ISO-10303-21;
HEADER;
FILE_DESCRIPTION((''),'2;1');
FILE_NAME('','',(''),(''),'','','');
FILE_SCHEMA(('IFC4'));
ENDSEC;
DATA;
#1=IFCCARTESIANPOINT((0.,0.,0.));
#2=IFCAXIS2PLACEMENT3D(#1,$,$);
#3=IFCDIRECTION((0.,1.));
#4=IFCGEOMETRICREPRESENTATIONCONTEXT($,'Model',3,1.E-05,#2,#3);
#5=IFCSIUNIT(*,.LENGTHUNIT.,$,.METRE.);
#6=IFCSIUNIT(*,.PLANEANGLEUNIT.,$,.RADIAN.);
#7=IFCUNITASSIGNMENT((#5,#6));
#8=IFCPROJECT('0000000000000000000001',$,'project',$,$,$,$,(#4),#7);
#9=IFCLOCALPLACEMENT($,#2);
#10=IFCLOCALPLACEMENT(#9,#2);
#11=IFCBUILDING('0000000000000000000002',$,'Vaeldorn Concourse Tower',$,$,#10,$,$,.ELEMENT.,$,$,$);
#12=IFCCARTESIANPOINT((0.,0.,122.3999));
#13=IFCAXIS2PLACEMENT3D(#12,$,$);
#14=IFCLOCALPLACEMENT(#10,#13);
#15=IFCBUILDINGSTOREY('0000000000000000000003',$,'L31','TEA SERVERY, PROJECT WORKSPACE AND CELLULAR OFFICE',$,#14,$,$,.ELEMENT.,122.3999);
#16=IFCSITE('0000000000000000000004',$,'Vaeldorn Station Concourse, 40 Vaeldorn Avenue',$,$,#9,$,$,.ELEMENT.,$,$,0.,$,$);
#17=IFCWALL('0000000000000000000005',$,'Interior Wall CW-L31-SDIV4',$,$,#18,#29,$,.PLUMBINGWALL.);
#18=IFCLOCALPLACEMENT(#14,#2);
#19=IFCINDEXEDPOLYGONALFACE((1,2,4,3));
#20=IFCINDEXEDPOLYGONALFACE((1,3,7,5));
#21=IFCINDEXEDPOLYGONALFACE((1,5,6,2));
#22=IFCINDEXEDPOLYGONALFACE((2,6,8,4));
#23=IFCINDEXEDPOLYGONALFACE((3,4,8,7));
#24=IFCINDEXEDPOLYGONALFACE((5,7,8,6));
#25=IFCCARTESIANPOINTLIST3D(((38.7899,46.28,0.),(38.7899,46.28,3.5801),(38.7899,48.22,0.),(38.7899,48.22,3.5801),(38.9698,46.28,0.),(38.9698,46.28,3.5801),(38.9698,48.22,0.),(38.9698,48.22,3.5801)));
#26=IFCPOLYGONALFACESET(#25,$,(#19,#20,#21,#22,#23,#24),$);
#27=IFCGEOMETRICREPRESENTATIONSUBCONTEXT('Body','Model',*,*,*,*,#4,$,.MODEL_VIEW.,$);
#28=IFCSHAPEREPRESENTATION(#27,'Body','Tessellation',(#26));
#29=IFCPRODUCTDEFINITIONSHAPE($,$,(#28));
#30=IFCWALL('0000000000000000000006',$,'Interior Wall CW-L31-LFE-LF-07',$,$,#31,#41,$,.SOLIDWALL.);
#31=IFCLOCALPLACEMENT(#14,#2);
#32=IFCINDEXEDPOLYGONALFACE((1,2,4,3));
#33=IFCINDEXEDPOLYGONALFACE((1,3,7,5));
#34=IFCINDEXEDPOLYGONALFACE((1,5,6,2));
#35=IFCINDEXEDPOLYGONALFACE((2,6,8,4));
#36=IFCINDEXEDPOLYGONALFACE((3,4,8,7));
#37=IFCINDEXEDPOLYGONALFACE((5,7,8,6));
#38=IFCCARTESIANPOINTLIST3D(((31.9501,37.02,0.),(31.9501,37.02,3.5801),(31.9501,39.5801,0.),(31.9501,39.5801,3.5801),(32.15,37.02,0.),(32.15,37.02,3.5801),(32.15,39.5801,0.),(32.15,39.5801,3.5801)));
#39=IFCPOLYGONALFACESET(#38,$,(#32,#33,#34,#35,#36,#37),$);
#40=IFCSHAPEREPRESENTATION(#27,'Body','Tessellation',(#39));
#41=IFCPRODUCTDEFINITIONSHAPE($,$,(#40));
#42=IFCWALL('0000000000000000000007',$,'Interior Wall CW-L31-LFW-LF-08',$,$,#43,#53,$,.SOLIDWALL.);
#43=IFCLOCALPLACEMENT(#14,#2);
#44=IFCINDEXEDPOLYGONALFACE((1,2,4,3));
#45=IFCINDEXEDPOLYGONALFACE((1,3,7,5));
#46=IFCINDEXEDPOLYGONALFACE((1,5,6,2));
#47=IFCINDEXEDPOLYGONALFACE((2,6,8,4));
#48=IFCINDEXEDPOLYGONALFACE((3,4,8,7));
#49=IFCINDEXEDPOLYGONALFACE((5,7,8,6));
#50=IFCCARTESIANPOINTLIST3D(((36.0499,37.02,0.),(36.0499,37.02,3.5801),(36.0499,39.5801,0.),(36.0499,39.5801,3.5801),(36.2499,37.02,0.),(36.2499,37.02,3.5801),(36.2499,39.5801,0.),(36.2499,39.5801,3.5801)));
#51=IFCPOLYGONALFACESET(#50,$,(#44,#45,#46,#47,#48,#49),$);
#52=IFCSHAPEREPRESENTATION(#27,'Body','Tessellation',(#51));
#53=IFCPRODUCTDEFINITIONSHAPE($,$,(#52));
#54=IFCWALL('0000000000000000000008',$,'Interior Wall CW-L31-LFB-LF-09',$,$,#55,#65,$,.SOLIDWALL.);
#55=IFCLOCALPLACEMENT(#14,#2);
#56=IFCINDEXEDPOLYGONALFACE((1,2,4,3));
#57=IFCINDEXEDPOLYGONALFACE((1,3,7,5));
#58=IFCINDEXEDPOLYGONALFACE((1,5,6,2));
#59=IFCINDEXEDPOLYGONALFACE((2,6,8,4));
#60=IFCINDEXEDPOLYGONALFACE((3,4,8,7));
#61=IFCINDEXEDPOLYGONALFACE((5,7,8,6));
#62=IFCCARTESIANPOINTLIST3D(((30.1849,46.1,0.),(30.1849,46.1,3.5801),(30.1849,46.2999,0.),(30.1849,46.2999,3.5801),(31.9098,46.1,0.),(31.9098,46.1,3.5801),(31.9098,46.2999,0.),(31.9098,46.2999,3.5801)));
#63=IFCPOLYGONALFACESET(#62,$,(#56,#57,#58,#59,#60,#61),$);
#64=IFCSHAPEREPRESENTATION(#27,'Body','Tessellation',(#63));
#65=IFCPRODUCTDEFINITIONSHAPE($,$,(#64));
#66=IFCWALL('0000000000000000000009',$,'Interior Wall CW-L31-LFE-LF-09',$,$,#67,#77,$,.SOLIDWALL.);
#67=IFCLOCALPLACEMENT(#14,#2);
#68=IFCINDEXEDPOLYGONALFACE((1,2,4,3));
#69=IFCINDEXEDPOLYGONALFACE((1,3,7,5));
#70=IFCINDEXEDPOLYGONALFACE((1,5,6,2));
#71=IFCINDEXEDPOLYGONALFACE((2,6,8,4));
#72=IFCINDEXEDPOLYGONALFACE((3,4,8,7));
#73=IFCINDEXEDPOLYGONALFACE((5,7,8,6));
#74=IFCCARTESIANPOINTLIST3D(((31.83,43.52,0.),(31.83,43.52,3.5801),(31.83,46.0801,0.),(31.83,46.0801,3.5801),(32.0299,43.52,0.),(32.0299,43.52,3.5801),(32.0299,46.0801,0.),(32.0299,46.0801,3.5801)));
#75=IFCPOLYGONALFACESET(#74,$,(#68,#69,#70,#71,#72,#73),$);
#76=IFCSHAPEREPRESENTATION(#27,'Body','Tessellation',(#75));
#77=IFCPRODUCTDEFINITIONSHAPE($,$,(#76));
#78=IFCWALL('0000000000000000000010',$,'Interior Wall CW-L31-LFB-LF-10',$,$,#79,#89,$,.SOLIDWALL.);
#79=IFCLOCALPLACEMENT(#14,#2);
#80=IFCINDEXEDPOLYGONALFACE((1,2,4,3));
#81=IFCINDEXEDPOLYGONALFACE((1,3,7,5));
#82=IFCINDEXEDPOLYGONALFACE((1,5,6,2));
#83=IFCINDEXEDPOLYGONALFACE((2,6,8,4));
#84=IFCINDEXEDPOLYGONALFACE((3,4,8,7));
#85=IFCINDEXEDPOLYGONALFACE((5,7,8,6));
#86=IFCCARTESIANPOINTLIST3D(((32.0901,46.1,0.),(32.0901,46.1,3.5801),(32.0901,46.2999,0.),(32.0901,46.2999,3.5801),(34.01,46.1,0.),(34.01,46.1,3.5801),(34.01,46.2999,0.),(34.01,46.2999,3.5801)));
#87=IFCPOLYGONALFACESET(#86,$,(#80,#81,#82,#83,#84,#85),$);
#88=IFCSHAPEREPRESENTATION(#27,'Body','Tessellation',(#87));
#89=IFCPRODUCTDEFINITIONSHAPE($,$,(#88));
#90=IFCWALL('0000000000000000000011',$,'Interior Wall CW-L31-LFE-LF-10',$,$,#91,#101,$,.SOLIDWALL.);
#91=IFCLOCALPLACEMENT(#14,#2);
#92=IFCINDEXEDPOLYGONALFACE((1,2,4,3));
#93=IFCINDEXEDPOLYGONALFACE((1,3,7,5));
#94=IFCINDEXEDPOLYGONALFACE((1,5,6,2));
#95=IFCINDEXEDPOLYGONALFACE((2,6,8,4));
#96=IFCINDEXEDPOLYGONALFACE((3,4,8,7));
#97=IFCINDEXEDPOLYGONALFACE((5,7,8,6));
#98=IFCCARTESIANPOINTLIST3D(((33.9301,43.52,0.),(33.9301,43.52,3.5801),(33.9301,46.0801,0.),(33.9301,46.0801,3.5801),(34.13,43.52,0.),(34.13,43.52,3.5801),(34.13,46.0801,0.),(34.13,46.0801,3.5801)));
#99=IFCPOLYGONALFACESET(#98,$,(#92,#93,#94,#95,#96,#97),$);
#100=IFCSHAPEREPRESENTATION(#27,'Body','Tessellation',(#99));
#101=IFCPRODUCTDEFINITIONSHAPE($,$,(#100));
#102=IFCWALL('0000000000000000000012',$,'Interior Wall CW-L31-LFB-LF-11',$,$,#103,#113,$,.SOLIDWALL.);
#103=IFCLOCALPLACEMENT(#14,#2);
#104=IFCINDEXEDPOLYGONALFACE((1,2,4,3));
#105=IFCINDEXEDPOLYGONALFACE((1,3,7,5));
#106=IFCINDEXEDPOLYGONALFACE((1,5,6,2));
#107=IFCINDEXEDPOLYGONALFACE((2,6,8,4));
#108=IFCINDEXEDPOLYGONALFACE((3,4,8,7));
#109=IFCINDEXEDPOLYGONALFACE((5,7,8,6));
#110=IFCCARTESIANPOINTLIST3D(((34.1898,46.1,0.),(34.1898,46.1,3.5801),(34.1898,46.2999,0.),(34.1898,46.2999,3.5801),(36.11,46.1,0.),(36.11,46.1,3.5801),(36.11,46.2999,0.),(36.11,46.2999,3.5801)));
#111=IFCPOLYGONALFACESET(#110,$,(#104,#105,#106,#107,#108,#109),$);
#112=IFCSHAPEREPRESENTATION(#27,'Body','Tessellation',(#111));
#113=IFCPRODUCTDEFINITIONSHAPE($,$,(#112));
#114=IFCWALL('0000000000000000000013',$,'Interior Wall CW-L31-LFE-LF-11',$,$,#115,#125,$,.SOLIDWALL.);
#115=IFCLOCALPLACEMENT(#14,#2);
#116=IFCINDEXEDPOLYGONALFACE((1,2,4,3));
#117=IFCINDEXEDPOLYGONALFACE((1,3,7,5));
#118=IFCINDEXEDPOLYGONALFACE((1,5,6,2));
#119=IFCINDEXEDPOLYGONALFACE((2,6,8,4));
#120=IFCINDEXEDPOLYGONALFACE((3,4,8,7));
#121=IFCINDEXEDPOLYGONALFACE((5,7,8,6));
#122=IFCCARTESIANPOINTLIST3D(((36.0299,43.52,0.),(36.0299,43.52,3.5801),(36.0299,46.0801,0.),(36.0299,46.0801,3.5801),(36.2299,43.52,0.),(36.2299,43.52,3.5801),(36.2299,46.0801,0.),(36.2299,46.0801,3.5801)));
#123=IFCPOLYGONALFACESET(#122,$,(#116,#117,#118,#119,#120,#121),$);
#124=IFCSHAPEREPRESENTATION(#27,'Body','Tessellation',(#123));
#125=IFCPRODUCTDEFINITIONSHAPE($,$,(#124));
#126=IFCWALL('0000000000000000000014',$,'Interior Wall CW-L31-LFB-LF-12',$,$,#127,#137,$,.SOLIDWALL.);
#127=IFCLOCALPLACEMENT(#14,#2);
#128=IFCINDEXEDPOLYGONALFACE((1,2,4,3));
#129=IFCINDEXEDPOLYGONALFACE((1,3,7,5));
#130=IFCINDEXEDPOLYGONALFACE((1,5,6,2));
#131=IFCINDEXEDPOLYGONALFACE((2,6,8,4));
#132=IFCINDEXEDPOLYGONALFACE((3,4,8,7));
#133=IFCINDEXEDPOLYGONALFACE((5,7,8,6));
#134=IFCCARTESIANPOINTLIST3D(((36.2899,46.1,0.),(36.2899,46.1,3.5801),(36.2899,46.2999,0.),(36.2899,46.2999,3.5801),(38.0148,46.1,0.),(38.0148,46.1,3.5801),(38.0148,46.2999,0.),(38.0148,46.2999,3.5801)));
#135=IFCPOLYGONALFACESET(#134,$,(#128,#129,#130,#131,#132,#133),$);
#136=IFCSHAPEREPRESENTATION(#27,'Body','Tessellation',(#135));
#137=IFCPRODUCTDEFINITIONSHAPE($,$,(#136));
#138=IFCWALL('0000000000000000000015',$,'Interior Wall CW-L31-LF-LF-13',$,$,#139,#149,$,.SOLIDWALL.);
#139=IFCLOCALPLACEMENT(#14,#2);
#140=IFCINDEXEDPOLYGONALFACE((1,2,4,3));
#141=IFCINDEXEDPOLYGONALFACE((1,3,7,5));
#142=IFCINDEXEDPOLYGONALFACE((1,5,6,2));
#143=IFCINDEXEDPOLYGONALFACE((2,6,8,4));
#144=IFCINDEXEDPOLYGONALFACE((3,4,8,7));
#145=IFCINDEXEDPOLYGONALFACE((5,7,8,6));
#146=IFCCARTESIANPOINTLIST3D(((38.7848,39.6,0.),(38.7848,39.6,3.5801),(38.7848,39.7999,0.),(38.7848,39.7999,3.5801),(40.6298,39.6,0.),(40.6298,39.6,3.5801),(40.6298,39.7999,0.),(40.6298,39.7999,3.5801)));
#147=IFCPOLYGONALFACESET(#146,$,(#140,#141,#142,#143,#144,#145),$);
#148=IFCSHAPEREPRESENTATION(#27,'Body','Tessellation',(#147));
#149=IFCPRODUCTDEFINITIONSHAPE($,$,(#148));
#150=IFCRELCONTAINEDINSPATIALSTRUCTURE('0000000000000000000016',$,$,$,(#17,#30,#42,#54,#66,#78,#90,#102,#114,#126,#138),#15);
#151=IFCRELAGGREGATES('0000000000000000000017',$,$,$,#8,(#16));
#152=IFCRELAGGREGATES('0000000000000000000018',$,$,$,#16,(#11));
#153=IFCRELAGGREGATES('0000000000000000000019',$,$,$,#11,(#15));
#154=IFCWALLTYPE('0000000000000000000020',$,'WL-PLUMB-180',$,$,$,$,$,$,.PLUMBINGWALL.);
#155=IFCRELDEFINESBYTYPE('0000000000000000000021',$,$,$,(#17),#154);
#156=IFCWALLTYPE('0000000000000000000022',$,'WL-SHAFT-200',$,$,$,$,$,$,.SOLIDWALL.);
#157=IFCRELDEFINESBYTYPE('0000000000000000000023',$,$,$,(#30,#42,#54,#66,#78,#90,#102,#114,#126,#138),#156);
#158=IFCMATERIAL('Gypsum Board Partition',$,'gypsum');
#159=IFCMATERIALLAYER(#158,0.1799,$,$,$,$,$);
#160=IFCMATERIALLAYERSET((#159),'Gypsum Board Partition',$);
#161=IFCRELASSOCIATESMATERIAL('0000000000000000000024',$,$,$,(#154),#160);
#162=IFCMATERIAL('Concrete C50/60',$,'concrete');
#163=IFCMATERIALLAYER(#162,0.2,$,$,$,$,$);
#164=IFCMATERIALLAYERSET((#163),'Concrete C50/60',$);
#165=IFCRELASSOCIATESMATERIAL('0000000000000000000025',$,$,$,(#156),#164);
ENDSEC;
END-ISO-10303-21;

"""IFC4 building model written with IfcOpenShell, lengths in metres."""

from ifc_helpers import new_model, si_unit, direction, frame, frame_2d, origin, place, context, subcontext, project, spatial, rectangle, extrude, material, layer, layer_set, type_object, element, save


model = new_model("IFC4")

# Units and contexts
model_context = context("Model", 3, precision=1e-05, world=origin(), true_north=direction((0.0, 1.0)))
body_context = subcontext(model_context, "Body", "Model", "MODEL_VIEW")
ifc_project = project(units=[si_unit("LENGTHUNIT", "METRE"), si_unit("PLANEANGLEUNIT", "RADIAN")], contexts=[model_context])

# Site, building, storey
site_placement = place(None, origin())
site = spatial("IfcSite", under=ifc_project, at=site_placement, Name="Vaeldorn Station Concourse, 40 Vaeldorn Avenue", CompositionType="ELEMENT", RefElevation=0.0)
building_placement = place(site_placement, origin())
building = spatial("IfcBuilding", under=site, at=building_placement, Name="Vaeldorn Concourse Tower", CompositionType="ELEMENT")
storey_placement = place(building_placement, frame((0.0, 0.0, 122.3999)))
storey = spatial("IfcBuildingStorey", under=building, at=storey_placement, Name="L31", Description="TEA SERVERY, PROJECT WORKSPACE AND CELLULAR OFFICE", CompositionType="ELEMENT", Elevation=122.3999)

# Shared definitions
ifc_material_1 = material(Name="Gypsum Board Partition", Category="gypsum")

# Wall
ifc_layer_1 = layer(ifc_material_1, 0.1799)
ifc_layer_set_1 = layer_set([ifc_layer_1], Name="Gypsum Board Partition")
wall_type_1 = type_object("IfcWallType", Name="WL-PLUMB-180", PredefinedType="PLUMBINGWALL", material=ifc_layer_set_1)
for number, where, z_axis, x_axis, name in (
    (1, (38.8799, 46.28, 0.0), (0.0, 0.0, 1.0), (0.0, 1.0, 0.0), "Interior Wall CW-L31-SDIV4"),
):
    element("IfcWall", number, at=place(storey_placement, frame(where, z_axis=z_axis, x_axis=x_axis)), inside=storey, type_object=wall_type_1, Name=name, PredefinedType="PLUMBINGWALL", context=body_context, shape_type="SweptSolid", body=[
        extrude(rectangle(XDim=1.9399, YDim=0.1799, at=frame_2d((0.97, 0.0))), origin(), (0.0, 0.0, 1.0), 3.5801),
    ])

# Shared definitions
ifc_material_2 = material(Name="Concrete C50/60", Category="concrete")
ifc_layer_2 = layer(ifc_material_2, 0.2)
ifc_layer_set_2 = layer_set([ifc_layer_2], Name="Concrete C50/60")
wall_type_2 = type_object("IfcWallType", Name="WL-SHAFT-200", PredefinedType="SOLIDWALL", material=ifc_layer_set_2)

# Wall
wall_1_placement = place(storey_placement, frame((32.05, 37.02, 0.0), z_axis=(0.0, 0.0, 1.0), x_axis=(0.0, 1.0, 0.0)))
element("IfcWall", 2, at=wall_1_placement, inside=storey, type_object=wall_type_2, Name="Interior Wall CW-L31-LFE-LF-07", PredefinedType="SOLIDWALL", context=body_context, shape_type="SweptSolid", body=[
    extrude(rectangle(XDim=2.5601, YDim=0.2, at=frame_2d((1.28, 0.0))), origin(), (0.0, 0.0, 1.0), 3.5801),
])

# Wall
wall_2_placement = place(storey_placement, frame((36.1499, 37.02, 0.0), z_axis=(0.0, 0.0, 1.0), x_axis=(0.0, 1.0, 0.0)))
element("IfcWall", 3, at=wall_2_placement, inside=storey, type_object=wall_type_2, Name="Interior Wall CW-L31-LFW-LF-08", PredefinedType="SOLIDWALL", context=body_context, shape_type="SweptSolid", body=[
    extrude(rectangle(XDim=2.5601, YDim=0.2, at=frame_2d((1.28, 0.0))), origin(), (0.0, 0.0, 1.0), 3.5801),
])

# Walls
wall_3_placement = place(storey_placement, frame((30.1851, 46.2, 0.0), z_axis=(0.0, 0.0, 1.0), x_axis=(1.0, 0.0, 0.0)))
element("IfcWall", 4, at=wall_3_placement, inside=storey, type_object=wall_type_2, Name="Interior Wall CW-L31-LFB-LF-09", PredefinedType="SOLIDWALL", context=body_context, shape_type="SweptSolid", body=[
    extrude(rectangle(XDim=1.7249, YDim=0.2, at=frame_2d((0.8623, 0.0))), origin(), (0.0, 0.0, 1.0), 3.5801),
])
wall_4_placement = place(storey_placement, frame((31.9299, 43.52, 0.0), z_axis=(0.0, 0.0, 1.0), x_axis=(0.0, 1.0, 0.0)))
element("IfcWall", 5, at=wall_4_placement, inside=storey, type_object=wall_type_2, Name="Interior Wall CW-L31-LFE-LF-09", PredefinedType="SOLIDWALL", context=body_context, shape_type="SweptSolid", body=[
    extrude(rectangle(XDim=2.5601, YDim=0.2, at=frame_2d((1.28, 0.0))), origin(), (0.0, 0.0, 1.0), 3.5801),
])

# Walls
wall_5_placement = place(storey_placement, frame((32.0901, 46.2, 0.0), z_axis=(0.0, 0.0, 1.0), x_axis=(1.0, 0.0, 0.0)))
element("IfcWall", 6, at=wall_5_placement, inside=storey, type_object=wall_type_2, Name="Interior Wall CW-L31-LFB-LF-10", PredefinedType="SOLIDWALL", context=body_context, shape_type="SweptSolid", body=[
    extrude(rectangle(XDim=1.9199, YDim=0.2, at=frame_2d((0.96, 0.0))), origin(), (0.0, 0.0, 1.0), 3.5801),
])
wall_6_placement = place(storey_placement, frame((34.03, 43.52, 0.0), z_axis=(0.0, 0.0, 1.0), x_axis=(0.0, 1.0, 0.0)))
element("IfcWall", 7, at=wall_6_placement, inside=storey, type_object=wall_type_2, Name="Interior Wall CW-L31-LFE-LF-10", PredefinedType="SOLIDWALL", context=body_context, shape_type="SweptSolid", body=[
    extrude(rectangle(XDim=2.5601, YDim=0.2, at=frame_2d((1.28, 0.0))), origin(), (0.0, 0.0, 1.0), 3.5801),
])

# Walls
wall_7_placement = place(storey_placement, frame((34.1899, 46.2, 0.0), z_axis=(0.0, 0.0, 1.0), x_axis=(1.0, 0.0, 0.0)))
element("IfcWall", 8, at=wall_7_placement, inside=storey, type_object=wall_type_2, Name="Interior Wall CW-L31-LFB-LF-11", PredefinedType="SOLIDWALL", context=body_context, shape_type="SweptSolid", body=[
    extrude(rectangle(XDim=1.9202, YDim=0.2, at=frame_2d((0.96, 0.0))), origin(), (0.0, 0.0, 1.0), 3.5801),
])
wall_8_placement = place(storey_placement, frame((36.1299, 43.52, 0.0), z_axis=(0.0, 0.0, 1.0), x_axis=(0.0, 1.0, 0.0)))
element("IfcWall", 9, at=wall_8_placement, inside=storey, type_object=wall_type_2, Name="Interior Wall CW-L31-LFE-LF-11", PredefinedType="SOLIDWALL", context=body_context, shape_type="SweptSolid", body=[
    extrude(rectangle(XDim=2.5601, YDim=0.2, at=frame_2d((1.28, 0.0))), origin(), (0.0, 0.0, 1.0), 3.5801),
])

# Walls
wall_9_placement = place(storey_placement, frame((36.29, 46.2, 0.0), z_axis=(0.0, 0.0, 1.0), x_axis=(1.0, 0.0, 0.0)))
element("IfcWall", 10, at=wall_9_placement, inside=storey, type_object=wall_type_2, Name="Interior Wall CW-L31-LFB-LF-12", PredefinedType="SOLIDWALL", context=body_context, shape_type="SweptSolid", body=[
    extrude(rectangle(XDim=1.7249, YDim=0.2, at=frame_2d((0.8623, 0.0))), origin(), (0.0, 0.0, 1.0), 3.5801),
])
wall_10_placement = place(storey_placement, frame((38.7849, 39.7, 0.0), z_axis=(0.0, 0.0, 1.0), x_axis=(1.0, 0.0, 0.0)))
element("IfcWall", 11, at=wall_10_placement, inside=storey, type_object=wall_type_2, Name="Interior Wall CW-L31-LF-LF-13", PredefinedType="SOLIDWALL", context=body_context, shape_type="SweptSolid", body=[
    extrude(rectangle(XDim=1.845, YDim=0.2, at=frame_2d((0.9224, 0.0))), origin(), (0.0, 0.0, 1.0), 3.5801),
])

save(model, "model.ifc")
